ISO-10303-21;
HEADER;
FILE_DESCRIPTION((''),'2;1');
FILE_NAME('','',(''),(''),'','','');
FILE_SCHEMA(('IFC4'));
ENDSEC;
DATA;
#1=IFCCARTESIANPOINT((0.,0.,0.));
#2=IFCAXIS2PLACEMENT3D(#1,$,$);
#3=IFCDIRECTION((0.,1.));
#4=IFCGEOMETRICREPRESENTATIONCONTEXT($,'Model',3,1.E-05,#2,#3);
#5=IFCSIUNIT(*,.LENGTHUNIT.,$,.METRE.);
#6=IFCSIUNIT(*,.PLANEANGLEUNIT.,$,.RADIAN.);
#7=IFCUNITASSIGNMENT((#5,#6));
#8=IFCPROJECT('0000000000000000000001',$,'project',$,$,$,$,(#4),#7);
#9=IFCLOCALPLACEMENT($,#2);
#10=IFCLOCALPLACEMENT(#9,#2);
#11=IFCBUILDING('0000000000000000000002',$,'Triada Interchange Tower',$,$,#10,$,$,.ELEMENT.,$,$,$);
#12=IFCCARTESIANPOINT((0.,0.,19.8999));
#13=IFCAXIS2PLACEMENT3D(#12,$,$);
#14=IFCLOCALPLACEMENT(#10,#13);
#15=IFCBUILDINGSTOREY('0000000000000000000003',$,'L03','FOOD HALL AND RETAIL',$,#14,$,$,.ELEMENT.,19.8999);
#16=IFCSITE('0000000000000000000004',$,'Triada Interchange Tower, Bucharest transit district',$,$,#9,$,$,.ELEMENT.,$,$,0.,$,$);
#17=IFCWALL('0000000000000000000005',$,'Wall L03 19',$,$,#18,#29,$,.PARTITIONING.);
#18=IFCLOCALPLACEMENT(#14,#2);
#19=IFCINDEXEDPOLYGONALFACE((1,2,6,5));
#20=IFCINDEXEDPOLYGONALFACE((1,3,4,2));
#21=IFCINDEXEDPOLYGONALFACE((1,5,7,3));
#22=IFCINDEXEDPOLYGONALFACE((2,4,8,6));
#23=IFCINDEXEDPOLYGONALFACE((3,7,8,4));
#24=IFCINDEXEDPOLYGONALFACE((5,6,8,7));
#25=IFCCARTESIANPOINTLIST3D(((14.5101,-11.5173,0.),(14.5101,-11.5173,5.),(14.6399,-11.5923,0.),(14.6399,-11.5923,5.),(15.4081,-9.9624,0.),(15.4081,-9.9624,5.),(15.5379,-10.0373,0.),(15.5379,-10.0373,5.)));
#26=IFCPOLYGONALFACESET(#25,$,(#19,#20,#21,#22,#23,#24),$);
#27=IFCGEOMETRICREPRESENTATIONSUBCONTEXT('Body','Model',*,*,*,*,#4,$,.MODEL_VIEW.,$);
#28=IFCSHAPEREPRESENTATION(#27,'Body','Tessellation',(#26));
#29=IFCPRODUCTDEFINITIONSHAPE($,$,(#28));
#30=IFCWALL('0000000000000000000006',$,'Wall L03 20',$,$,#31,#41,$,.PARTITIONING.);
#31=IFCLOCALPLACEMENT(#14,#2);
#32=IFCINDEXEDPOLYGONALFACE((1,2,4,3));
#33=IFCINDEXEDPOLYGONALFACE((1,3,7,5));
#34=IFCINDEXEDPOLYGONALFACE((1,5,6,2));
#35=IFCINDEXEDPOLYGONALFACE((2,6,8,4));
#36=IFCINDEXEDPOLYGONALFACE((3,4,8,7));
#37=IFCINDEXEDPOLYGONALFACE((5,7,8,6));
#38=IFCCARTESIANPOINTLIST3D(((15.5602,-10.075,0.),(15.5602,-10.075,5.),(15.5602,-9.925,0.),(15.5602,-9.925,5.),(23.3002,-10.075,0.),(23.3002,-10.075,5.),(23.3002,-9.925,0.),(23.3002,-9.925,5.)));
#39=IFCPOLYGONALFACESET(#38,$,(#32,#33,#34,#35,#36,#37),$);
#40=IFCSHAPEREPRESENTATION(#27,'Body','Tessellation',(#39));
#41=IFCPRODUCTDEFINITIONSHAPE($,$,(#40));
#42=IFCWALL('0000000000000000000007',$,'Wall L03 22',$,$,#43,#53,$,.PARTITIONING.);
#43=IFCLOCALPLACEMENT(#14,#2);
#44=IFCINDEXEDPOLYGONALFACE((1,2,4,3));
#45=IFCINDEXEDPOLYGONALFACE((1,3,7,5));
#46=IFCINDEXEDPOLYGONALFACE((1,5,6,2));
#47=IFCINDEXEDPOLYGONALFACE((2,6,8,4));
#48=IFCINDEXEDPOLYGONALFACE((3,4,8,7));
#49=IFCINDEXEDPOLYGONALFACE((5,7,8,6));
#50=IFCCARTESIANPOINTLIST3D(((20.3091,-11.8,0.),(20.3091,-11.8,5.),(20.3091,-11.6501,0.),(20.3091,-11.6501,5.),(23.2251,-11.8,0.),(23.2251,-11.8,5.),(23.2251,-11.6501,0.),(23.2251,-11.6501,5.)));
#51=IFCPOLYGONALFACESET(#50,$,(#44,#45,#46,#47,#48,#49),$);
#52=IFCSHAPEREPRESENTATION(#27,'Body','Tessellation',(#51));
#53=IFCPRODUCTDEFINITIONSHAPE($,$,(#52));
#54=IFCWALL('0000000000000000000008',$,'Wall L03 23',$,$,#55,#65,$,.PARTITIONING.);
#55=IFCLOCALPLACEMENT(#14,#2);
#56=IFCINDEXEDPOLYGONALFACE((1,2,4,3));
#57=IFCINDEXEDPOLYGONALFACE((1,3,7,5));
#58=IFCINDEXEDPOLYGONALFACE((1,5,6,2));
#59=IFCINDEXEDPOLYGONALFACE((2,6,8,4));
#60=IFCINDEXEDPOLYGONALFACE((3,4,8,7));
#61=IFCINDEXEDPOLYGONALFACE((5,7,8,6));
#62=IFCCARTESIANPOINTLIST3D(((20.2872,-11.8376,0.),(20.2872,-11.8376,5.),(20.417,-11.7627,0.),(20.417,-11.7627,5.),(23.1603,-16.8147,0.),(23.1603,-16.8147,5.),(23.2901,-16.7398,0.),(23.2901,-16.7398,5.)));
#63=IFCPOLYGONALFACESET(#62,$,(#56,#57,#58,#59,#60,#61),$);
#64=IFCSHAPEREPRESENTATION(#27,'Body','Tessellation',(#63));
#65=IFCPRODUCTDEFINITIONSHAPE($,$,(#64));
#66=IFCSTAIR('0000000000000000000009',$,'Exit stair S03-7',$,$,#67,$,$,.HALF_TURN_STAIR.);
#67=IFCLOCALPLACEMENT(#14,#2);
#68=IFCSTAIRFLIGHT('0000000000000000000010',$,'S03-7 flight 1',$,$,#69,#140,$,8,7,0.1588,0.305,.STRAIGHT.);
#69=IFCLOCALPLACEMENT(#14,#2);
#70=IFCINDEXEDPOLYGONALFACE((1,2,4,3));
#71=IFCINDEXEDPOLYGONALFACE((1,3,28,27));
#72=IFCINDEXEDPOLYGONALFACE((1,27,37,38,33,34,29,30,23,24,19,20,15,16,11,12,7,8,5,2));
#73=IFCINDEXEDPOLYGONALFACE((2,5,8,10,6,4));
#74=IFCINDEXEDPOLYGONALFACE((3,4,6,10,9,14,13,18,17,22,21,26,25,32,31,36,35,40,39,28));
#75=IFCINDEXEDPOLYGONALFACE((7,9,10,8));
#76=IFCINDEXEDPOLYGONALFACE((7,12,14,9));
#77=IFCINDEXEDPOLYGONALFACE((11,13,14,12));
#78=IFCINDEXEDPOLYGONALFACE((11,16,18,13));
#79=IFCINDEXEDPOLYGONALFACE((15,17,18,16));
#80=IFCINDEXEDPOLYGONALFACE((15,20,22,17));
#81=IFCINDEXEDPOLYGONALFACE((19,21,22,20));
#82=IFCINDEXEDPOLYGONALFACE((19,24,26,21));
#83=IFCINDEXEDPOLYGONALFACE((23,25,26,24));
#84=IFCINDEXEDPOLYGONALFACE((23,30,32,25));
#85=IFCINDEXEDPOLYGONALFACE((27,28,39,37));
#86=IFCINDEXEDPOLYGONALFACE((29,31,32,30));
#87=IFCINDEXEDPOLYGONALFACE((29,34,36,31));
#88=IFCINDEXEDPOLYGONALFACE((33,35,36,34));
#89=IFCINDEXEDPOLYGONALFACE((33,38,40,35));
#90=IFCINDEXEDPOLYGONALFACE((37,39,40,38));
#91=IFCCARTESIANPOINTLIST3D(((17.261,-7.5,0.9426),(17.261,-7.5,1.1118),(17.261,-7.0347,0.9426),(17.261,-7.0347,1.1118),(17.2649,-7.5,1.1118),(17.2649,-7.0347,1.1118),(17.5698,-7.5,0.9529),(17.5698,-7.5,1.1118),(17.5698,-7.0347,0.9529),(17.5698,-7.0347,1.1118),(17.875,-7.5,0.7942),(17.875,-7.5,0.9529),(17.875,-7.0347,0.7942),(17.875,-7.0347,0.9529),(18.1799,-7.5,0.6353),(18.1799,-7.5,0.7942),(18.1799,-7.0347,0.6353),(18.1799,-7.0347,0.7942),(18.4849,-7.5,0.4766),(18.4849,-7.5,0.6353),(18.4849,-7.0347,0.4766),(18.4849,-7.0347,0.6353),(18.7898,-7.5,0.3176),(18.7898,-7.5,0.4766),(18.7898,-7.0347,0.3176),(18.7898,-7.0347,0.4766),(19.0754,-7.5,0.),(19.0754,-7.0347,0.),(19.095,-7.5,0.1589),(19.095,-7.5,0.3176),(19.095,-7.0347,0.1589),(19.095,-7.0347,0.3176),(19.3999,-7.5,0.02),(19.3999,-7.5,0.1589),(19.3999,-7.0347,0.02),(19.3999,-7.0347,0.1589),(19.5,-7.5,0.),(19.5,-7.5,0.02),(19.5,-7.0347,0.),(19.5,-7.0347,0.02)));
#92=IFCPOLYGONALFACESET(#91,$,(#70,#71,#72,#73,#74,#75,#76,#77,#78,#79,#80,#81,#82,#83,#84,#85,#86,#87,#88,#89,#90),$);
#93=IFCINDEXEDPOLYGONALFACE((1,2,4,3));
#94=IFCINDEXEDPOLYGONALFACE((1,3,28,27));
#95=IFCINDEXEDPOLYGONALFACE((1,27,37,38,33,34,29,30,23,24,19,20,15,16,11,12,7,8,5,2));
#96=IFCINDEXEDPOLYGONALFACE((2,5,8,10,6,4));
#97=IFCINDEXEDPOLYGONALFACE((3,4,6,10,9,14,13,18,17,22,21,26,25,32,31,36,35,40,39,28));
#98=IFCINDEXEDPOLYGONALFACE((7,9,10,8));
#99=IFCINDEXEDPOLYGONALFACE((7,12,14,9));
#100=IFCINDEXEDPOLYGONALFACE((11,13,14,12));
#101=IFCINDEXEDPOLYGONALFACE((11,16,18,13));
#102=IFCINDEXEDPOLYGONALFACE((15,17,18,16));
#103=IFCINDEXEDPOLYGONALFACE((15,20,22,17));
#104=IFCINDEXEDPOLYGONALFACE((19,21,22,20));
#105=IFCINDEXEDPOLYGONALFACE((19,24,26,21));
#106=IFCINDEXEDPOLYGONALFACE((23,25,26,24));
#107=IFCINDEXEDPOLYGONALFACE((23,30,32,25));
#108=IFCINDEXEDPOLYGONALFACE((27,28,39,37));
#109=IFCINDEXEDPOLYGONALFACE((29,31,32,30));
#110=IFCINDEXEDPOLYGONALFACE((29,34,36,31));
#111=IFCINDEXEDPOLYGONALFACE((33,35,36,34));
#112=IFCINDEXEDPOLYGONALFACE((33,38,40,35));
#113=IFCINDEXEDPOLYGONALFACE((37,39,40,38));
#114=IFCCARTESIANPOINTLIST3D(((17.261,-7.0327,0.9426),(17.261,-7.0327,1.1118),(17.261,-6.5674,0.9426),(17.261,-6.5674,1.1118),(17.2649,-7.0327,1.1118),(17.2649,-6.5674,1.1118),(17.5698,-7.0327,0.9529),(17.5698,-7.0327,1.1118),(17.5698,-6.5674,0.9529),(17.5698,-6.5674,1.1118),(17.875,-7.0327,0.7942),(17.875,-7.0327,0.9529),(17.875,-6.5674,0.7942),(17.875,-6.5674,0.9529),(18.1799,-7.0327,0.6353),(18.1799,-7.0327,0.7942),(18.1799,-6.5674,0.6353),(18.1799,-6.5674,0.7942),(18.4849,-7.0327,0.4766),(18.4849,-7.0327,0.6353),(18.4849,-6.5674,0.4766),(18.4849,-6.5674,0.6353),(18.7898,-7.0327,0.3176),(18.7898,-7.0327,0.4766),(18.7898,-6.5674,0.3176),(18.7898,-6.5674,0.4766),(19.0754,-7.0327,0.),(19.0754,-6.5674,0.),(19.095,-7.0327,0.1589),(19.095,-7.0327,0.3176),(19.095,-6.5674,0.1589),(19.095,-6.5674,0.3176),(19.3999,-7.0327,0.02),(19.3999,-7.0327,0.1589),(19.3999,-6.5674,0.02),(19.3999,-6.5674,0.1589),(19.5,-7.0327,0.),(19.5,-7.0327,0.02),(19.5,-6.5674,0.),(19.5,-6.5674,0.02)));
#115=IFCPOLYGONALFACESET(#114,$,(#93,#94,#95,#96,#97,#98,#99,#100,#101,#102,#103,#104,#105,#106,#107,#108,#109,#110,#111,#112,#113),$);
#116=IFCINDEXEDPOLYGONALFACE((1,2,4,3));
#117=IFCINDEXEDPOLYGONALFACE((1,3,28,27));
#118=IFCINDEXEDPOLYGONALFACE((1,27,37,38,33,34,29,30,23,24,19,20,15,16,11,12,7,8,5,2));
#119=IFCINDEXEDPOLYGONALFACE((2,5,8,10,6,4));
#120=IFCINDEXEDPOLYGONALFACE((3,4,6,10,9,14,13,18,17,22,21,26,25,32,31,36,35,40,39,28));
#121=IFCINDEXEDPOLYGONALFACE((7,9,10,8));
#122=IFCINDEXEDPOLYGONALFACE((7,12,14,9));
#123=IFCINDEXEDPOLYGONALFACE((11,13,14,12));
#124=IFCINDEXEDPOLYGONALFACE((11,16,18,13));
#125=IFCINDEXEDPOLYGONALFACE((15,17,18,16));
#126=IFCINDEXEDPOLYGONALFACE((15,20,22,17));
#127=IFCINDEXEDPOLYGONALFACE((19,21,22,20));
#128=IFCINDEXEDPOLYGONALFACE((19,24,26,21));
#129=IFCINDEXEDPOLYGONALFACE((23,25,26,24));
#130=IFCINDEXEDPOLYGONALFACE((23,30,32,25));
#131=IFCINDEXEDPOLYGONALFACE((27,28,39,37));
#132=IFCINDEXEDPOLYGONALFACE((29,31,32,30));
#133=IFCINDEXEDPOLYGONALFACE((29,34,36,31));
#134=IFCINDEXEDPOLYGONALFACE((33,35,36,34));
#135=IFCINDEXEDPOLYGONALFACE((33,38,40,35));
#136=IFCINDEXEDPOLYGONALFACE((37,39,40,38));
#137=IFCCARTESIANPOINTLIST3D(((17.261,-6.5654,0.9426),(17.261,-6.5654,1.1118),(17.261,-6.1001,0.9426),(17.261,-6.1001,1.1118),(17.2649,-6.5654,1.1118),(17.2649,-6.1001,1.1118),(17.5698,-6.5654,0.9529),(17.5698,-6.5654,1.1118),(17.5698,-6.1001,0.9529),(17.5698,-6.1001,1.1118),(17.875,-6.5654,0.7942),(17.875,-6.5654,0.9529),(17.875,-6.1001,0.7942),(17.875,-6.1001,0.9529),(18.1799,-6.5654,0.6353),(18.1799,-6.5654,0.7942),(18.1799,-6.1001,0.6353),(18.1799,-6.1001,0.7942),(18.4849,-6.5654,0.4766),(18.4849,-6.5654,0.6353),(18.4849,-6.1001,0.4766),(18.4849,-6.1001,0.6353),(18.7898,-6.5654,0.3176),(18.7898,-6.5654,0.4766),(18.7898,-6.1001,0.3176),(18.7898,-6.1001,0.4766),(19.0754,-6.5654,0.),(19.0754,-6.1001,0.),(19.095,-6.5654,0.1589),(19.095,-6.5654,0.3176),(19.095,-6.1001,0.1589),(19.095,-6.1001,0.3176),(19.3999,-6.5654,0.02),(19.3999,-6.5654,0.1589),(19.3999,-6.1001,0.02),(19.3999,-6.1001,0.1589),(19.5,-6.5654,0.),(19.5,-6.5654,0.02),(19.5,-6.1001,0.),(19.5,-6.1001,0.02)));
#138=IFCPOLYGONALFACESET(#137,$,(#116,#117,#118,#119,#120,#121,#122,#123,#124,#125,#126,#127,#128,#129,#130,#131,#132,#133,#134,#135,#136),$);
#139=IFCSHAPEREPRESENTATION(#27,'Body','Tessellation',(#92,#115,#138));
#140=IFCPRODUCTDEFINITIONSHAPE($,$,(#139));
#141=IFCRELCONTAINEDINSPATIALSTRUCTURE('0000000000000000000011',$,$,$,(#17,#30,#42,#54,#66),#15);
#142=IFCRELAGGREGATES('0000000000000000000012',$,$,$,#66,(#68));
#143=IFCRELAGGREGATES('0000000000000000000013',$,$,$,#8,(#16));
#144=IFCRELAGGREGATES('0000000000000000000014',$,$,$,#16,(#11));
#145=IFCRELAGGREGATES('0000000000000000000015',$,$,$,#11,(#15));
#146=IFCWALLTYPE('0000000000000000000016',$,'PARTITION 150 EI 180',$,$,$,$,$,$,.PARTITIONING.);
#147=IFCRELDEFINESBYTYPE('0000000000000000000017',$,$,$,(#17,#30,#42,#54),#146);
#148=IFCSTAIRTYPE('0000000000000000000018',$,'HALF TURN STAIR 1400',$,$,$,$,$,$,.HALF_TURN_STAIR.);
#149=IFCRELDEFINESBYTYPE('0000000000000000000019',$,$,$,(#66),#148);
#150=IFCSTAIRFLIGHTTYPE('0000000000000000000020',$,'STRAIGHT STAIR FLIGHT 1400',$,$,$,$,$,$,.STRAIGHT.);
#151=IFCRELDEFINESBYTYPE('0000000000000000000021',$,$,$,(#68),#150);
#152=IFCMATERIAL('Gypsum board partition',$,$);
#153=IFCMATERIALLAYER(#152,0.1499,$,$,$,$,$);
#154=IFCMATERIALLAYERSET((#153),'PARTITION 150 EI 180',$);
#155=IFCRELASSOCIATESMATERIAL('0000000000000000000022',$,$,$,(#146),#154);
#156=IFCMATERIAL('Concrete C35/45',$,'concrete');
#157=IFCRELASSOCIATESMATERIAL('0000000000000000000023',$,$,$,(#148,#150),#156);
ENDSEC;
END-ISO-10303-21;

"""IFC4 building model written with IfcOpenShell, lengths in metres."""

from ifc_helpers import new_model, si_unit, direction, frame, frame_2d, origin, place, context, subcontext, project, spatial, polyline, rectangle, outline, extrude, material, layer, layer_set, type_object, element, aggregate, save


model = new_model("IFC4")

# Units and contexts
model_context = context("Model", 3, precision=1e-05, world=origin(), true_north=direction((0.0, 1.0)))
body_context = subcontext(model_context, "Body", "Model", "MODEL_VIEW")
ifc_project = project(units=[si_unit("LENGTHUNIT", "METRE"), si_unit("PLANEANGLEUNIT", "RADIAN")], contexts=[model_context])

# Site, building, storey
site_placement = place(None, origin())
site = spatial("IfcSite", under=ifc_project, at=site_placement, Name="Triada Interchange Tower, Bucharest transit district", CompositionType="ELEMENT", RefElevation=0.0)
building_placement = place(site_placement, origin())
building = spatial("IfcBuilding", under=site, at=building_placement, Name="Triada Interchange Tower", CompositionType="ELEMENT")
storey_placement = place(building_placement, frame((0.0, 0.0, 19.8999)))
storey = spatial("IfcBuildingStorey", under=building, at=storey_placement, Name="L03", Description="FOOD HALL AND RETAIL", CompositionType="ELEMENT", Elevation=19.8999)

# Shared definitions
ifc_material_1 = material(Name="Concrete C35/45", Category="concrete")

# Shared definitions
ifc_material_2 = material(Name="Gypsum board partition")
ifc_layer_1 = layer(ifc_material_2, 0.1499)
ifc_layer_set_1 = layer_set([ifc_layer_1], Name="PARTITION 150 EI 180")
wall_type_1 = type_object("IfcWallType", Name="PARTITION 150 EI 180", PredefinedType="PARTITIONING", material=ifc_layer_set_1)

# Walls
wall_1_placement = place(storey_placement, frame((14.575, -11.5549, 0.0), z_axis=(0.0, 0.0, 1.0), x_axis=(0.500087, 0.865975, 0.0)))
element("IfcWall", 1, at=wall_1_placement, inside=storey, type_object=wall_type_1, Name="Wall L03 19", PredefinedType="PARTITIONING", context=body_context, shape_type="SweptSolid", body=[
    extrude(rectangle(XDim=1.7957, YDim=0.1499, at=frame_2d((0.8979, 0.0))), origin(), (0.0, 0.0, 1.0), 5.0),
])
wall_2_placement = place(storey_placement, frame((15.5601, -10.0, 0.0), z_axis=(0.0, 0.0, 1.0), x_axis=(1.0, 0.0, 0.0)))
element("IfcWall", 2, at=wall_2_placement, inside=storey, type_object=wall_type_1, Name="Wall L03 20", PredefinedType="PARTITIONING", context=body_context, shape_type="SweptSolid", body=[
    extrude(rectangle(XDim=7.74, YDim=0.1499, at=frame_2d((3.8701, 0.0))), origin(), (0.0, 0.0, 1.0), 5.0),
])
wall_3_placement = place(storey_placement, frame((20.3091, -11.7251, 0.0), z_axis=(0.0, 0.0, 1.0), x_axis=(1.0, 0.0, 0.0)))
element("IfcWall", 3, at=wall_3_placement, inside=storey, type_object=wall_type_1, Name="Wall L03 22", PredefinedType="PARTITIONING", context=body_context, shape_type="SweptSolid", body=[
    extrude(rectangle(XDim=2.916, YDim=0.1499, at=frame_2d((1.458, 0.0))), origin(), (0.0, 0.0, 1.0), 5.0),
])
wall_4_placement = place(storey_placement, frame((20.3521, -11.8, 0.0), z_axis=(0.0, 0.0, 1.0), x_axis=(0.499941, -0.86606, 0.0)))
element("IfcWall", 4, at=wall_4_placement, inside=storey, type_object=wall_type_1, Name="Wall L03 23", PredefinedType="PARTITIONING", context=body_context, shape_type="SweptSolid", body=[
    extrude(rectangle(XDim=5.7468, YDim=0.1499, at=frame_2d((2.8735, 0.0))), origin(), (0.0, 0.0, 1.0), 5.0),
])

# Stair, stair flight
stair_type = type_object("IfcStairType", Name="HALF TURN STAIR 1400", PredefinedType="HALF_TURN_STAIR", material=ifc_material_1)
stair_placement = place(storey_placement, origin())
stair = element("IfcStair", 5, at=stair_placement, inside=storey, type_object=stair_type, Name="Exit stair S03-7", PredefinedType="HALF_TURN_STAIR")
stair_flight_type = type_object("IfcStairFlightType", Name="STRAIGHT STAIR FLIGHT 1400", PredefinedType="STRAIGHT", material=ifc_material_1)
stair_flight_1_placement = place(storey_placement, frame((19.3999, -6.8, 0.0), z_axis=(0.0, 0.0, 1.0), x_axis=(-1.0, 0.0, 0.0)))
stair_flight_1 = element("IfcStairFlight", 6, at=stair_flight_1_placement, type_object=stair_flight_type, Name="S03-7 flight 1", NumberOfRisers=8, NumberOfTreads=7, PredefinedType="STRAIGHT", RiserHeight=0.1588, TreadLength=0.305, context=body_context, shape_type="SweptSolid", body=[
    extrude(outline(polyline([(-0.1001, 0.0), (-0.1001, 0.02), (0.0, 0.02), (0.0, 0.1589), (0.3049, 0.1589), (0.3049, 0.3176), (0.6101, 0.3176), (0.6101, 0.4766), (0.915, 0.4766), (0.915, 0.6353), (1.22, 0.6353), (1.22, 0.7942), (1.5249, 0.7942), (1.5249, 0.9529), (1.8301, 0.9529), (1.8301, 1.1118), (2.135, 1.1118), (2.1389, 1.1118), (2.1389, 1.2705), (2.1389, 0.9426), (0.3245, 0.0), (-0.1001, 0.0)])), frame((0.0, 0.7, 0.0), z_axis=(0.0, -1.0, 0.0), x_axis=(1.0, 0.0, 0.0)), (0.0, 0.0, 1.0), 0.4653),
    extrude(outline(polyline([(-0.1001, 0.0), (-0.1001, 0.02), (0.0, 0.02), (0.0, 0.1589), (0.3049, 0.1589), (0.3049, 0.3176), (0.6101, 0.3176), (0.6101, 0.4766), (0.915, 0.4766), (0.915, 0.6353), (1.22, 0.6353), (1.22, 0.7942), (1.5249, 0.7942), (1.5249, 0.9529), (1.8301, 0.9529), (1.8301, 1.1118), (2.135, 1.1118), (2.1389, 1.1118), (2.1389, 1.2705), (2.1389, 0.9426), (0.3245, 0.0), (-0.1001, 0.0)])), frame((0.0, 0.2327, 0.0), z_axis=(0.0, -1.0, 0.0), x_axis=(1.0, 0.0, 0.0)), (0.0, 0.0, 1.0), 0.4653),
    extrude(outline(polyline([(-0.1001, 0.0), (-0.1001, 0.02), (0.0, 0.02), (0.0, 0.1589), (0.3049, 0.1589), (0.3049, 0.3176), (0.6101, 0.3176), (0.6101, 0.4766), (0.915, 0.4766), (0.915, 0.6353), (1.22, 0.6353), (1.22, 0.7942), (1.5249, 0.7942), (1.5249, 0.9529), (1.8301, 0.9529), (1.8301, 1.1118), (2.135, 1.1118), (2.1389, 1.1118), (2.1389, 1.2705), (2.1389, 0.9426), (0.3245, 0.0), (-0.1001, 0.0)])), frame((0.0, -0.2346, 0.0), z_axis=(0.0, -1.0, 0.0), x_axis=(1.0, 0.0, 0.0)), (0.0, 0.0, 1.0), 0.4653),
])
aggregate(stair, [stair_flight_1])

save(model, "model.ifc")
